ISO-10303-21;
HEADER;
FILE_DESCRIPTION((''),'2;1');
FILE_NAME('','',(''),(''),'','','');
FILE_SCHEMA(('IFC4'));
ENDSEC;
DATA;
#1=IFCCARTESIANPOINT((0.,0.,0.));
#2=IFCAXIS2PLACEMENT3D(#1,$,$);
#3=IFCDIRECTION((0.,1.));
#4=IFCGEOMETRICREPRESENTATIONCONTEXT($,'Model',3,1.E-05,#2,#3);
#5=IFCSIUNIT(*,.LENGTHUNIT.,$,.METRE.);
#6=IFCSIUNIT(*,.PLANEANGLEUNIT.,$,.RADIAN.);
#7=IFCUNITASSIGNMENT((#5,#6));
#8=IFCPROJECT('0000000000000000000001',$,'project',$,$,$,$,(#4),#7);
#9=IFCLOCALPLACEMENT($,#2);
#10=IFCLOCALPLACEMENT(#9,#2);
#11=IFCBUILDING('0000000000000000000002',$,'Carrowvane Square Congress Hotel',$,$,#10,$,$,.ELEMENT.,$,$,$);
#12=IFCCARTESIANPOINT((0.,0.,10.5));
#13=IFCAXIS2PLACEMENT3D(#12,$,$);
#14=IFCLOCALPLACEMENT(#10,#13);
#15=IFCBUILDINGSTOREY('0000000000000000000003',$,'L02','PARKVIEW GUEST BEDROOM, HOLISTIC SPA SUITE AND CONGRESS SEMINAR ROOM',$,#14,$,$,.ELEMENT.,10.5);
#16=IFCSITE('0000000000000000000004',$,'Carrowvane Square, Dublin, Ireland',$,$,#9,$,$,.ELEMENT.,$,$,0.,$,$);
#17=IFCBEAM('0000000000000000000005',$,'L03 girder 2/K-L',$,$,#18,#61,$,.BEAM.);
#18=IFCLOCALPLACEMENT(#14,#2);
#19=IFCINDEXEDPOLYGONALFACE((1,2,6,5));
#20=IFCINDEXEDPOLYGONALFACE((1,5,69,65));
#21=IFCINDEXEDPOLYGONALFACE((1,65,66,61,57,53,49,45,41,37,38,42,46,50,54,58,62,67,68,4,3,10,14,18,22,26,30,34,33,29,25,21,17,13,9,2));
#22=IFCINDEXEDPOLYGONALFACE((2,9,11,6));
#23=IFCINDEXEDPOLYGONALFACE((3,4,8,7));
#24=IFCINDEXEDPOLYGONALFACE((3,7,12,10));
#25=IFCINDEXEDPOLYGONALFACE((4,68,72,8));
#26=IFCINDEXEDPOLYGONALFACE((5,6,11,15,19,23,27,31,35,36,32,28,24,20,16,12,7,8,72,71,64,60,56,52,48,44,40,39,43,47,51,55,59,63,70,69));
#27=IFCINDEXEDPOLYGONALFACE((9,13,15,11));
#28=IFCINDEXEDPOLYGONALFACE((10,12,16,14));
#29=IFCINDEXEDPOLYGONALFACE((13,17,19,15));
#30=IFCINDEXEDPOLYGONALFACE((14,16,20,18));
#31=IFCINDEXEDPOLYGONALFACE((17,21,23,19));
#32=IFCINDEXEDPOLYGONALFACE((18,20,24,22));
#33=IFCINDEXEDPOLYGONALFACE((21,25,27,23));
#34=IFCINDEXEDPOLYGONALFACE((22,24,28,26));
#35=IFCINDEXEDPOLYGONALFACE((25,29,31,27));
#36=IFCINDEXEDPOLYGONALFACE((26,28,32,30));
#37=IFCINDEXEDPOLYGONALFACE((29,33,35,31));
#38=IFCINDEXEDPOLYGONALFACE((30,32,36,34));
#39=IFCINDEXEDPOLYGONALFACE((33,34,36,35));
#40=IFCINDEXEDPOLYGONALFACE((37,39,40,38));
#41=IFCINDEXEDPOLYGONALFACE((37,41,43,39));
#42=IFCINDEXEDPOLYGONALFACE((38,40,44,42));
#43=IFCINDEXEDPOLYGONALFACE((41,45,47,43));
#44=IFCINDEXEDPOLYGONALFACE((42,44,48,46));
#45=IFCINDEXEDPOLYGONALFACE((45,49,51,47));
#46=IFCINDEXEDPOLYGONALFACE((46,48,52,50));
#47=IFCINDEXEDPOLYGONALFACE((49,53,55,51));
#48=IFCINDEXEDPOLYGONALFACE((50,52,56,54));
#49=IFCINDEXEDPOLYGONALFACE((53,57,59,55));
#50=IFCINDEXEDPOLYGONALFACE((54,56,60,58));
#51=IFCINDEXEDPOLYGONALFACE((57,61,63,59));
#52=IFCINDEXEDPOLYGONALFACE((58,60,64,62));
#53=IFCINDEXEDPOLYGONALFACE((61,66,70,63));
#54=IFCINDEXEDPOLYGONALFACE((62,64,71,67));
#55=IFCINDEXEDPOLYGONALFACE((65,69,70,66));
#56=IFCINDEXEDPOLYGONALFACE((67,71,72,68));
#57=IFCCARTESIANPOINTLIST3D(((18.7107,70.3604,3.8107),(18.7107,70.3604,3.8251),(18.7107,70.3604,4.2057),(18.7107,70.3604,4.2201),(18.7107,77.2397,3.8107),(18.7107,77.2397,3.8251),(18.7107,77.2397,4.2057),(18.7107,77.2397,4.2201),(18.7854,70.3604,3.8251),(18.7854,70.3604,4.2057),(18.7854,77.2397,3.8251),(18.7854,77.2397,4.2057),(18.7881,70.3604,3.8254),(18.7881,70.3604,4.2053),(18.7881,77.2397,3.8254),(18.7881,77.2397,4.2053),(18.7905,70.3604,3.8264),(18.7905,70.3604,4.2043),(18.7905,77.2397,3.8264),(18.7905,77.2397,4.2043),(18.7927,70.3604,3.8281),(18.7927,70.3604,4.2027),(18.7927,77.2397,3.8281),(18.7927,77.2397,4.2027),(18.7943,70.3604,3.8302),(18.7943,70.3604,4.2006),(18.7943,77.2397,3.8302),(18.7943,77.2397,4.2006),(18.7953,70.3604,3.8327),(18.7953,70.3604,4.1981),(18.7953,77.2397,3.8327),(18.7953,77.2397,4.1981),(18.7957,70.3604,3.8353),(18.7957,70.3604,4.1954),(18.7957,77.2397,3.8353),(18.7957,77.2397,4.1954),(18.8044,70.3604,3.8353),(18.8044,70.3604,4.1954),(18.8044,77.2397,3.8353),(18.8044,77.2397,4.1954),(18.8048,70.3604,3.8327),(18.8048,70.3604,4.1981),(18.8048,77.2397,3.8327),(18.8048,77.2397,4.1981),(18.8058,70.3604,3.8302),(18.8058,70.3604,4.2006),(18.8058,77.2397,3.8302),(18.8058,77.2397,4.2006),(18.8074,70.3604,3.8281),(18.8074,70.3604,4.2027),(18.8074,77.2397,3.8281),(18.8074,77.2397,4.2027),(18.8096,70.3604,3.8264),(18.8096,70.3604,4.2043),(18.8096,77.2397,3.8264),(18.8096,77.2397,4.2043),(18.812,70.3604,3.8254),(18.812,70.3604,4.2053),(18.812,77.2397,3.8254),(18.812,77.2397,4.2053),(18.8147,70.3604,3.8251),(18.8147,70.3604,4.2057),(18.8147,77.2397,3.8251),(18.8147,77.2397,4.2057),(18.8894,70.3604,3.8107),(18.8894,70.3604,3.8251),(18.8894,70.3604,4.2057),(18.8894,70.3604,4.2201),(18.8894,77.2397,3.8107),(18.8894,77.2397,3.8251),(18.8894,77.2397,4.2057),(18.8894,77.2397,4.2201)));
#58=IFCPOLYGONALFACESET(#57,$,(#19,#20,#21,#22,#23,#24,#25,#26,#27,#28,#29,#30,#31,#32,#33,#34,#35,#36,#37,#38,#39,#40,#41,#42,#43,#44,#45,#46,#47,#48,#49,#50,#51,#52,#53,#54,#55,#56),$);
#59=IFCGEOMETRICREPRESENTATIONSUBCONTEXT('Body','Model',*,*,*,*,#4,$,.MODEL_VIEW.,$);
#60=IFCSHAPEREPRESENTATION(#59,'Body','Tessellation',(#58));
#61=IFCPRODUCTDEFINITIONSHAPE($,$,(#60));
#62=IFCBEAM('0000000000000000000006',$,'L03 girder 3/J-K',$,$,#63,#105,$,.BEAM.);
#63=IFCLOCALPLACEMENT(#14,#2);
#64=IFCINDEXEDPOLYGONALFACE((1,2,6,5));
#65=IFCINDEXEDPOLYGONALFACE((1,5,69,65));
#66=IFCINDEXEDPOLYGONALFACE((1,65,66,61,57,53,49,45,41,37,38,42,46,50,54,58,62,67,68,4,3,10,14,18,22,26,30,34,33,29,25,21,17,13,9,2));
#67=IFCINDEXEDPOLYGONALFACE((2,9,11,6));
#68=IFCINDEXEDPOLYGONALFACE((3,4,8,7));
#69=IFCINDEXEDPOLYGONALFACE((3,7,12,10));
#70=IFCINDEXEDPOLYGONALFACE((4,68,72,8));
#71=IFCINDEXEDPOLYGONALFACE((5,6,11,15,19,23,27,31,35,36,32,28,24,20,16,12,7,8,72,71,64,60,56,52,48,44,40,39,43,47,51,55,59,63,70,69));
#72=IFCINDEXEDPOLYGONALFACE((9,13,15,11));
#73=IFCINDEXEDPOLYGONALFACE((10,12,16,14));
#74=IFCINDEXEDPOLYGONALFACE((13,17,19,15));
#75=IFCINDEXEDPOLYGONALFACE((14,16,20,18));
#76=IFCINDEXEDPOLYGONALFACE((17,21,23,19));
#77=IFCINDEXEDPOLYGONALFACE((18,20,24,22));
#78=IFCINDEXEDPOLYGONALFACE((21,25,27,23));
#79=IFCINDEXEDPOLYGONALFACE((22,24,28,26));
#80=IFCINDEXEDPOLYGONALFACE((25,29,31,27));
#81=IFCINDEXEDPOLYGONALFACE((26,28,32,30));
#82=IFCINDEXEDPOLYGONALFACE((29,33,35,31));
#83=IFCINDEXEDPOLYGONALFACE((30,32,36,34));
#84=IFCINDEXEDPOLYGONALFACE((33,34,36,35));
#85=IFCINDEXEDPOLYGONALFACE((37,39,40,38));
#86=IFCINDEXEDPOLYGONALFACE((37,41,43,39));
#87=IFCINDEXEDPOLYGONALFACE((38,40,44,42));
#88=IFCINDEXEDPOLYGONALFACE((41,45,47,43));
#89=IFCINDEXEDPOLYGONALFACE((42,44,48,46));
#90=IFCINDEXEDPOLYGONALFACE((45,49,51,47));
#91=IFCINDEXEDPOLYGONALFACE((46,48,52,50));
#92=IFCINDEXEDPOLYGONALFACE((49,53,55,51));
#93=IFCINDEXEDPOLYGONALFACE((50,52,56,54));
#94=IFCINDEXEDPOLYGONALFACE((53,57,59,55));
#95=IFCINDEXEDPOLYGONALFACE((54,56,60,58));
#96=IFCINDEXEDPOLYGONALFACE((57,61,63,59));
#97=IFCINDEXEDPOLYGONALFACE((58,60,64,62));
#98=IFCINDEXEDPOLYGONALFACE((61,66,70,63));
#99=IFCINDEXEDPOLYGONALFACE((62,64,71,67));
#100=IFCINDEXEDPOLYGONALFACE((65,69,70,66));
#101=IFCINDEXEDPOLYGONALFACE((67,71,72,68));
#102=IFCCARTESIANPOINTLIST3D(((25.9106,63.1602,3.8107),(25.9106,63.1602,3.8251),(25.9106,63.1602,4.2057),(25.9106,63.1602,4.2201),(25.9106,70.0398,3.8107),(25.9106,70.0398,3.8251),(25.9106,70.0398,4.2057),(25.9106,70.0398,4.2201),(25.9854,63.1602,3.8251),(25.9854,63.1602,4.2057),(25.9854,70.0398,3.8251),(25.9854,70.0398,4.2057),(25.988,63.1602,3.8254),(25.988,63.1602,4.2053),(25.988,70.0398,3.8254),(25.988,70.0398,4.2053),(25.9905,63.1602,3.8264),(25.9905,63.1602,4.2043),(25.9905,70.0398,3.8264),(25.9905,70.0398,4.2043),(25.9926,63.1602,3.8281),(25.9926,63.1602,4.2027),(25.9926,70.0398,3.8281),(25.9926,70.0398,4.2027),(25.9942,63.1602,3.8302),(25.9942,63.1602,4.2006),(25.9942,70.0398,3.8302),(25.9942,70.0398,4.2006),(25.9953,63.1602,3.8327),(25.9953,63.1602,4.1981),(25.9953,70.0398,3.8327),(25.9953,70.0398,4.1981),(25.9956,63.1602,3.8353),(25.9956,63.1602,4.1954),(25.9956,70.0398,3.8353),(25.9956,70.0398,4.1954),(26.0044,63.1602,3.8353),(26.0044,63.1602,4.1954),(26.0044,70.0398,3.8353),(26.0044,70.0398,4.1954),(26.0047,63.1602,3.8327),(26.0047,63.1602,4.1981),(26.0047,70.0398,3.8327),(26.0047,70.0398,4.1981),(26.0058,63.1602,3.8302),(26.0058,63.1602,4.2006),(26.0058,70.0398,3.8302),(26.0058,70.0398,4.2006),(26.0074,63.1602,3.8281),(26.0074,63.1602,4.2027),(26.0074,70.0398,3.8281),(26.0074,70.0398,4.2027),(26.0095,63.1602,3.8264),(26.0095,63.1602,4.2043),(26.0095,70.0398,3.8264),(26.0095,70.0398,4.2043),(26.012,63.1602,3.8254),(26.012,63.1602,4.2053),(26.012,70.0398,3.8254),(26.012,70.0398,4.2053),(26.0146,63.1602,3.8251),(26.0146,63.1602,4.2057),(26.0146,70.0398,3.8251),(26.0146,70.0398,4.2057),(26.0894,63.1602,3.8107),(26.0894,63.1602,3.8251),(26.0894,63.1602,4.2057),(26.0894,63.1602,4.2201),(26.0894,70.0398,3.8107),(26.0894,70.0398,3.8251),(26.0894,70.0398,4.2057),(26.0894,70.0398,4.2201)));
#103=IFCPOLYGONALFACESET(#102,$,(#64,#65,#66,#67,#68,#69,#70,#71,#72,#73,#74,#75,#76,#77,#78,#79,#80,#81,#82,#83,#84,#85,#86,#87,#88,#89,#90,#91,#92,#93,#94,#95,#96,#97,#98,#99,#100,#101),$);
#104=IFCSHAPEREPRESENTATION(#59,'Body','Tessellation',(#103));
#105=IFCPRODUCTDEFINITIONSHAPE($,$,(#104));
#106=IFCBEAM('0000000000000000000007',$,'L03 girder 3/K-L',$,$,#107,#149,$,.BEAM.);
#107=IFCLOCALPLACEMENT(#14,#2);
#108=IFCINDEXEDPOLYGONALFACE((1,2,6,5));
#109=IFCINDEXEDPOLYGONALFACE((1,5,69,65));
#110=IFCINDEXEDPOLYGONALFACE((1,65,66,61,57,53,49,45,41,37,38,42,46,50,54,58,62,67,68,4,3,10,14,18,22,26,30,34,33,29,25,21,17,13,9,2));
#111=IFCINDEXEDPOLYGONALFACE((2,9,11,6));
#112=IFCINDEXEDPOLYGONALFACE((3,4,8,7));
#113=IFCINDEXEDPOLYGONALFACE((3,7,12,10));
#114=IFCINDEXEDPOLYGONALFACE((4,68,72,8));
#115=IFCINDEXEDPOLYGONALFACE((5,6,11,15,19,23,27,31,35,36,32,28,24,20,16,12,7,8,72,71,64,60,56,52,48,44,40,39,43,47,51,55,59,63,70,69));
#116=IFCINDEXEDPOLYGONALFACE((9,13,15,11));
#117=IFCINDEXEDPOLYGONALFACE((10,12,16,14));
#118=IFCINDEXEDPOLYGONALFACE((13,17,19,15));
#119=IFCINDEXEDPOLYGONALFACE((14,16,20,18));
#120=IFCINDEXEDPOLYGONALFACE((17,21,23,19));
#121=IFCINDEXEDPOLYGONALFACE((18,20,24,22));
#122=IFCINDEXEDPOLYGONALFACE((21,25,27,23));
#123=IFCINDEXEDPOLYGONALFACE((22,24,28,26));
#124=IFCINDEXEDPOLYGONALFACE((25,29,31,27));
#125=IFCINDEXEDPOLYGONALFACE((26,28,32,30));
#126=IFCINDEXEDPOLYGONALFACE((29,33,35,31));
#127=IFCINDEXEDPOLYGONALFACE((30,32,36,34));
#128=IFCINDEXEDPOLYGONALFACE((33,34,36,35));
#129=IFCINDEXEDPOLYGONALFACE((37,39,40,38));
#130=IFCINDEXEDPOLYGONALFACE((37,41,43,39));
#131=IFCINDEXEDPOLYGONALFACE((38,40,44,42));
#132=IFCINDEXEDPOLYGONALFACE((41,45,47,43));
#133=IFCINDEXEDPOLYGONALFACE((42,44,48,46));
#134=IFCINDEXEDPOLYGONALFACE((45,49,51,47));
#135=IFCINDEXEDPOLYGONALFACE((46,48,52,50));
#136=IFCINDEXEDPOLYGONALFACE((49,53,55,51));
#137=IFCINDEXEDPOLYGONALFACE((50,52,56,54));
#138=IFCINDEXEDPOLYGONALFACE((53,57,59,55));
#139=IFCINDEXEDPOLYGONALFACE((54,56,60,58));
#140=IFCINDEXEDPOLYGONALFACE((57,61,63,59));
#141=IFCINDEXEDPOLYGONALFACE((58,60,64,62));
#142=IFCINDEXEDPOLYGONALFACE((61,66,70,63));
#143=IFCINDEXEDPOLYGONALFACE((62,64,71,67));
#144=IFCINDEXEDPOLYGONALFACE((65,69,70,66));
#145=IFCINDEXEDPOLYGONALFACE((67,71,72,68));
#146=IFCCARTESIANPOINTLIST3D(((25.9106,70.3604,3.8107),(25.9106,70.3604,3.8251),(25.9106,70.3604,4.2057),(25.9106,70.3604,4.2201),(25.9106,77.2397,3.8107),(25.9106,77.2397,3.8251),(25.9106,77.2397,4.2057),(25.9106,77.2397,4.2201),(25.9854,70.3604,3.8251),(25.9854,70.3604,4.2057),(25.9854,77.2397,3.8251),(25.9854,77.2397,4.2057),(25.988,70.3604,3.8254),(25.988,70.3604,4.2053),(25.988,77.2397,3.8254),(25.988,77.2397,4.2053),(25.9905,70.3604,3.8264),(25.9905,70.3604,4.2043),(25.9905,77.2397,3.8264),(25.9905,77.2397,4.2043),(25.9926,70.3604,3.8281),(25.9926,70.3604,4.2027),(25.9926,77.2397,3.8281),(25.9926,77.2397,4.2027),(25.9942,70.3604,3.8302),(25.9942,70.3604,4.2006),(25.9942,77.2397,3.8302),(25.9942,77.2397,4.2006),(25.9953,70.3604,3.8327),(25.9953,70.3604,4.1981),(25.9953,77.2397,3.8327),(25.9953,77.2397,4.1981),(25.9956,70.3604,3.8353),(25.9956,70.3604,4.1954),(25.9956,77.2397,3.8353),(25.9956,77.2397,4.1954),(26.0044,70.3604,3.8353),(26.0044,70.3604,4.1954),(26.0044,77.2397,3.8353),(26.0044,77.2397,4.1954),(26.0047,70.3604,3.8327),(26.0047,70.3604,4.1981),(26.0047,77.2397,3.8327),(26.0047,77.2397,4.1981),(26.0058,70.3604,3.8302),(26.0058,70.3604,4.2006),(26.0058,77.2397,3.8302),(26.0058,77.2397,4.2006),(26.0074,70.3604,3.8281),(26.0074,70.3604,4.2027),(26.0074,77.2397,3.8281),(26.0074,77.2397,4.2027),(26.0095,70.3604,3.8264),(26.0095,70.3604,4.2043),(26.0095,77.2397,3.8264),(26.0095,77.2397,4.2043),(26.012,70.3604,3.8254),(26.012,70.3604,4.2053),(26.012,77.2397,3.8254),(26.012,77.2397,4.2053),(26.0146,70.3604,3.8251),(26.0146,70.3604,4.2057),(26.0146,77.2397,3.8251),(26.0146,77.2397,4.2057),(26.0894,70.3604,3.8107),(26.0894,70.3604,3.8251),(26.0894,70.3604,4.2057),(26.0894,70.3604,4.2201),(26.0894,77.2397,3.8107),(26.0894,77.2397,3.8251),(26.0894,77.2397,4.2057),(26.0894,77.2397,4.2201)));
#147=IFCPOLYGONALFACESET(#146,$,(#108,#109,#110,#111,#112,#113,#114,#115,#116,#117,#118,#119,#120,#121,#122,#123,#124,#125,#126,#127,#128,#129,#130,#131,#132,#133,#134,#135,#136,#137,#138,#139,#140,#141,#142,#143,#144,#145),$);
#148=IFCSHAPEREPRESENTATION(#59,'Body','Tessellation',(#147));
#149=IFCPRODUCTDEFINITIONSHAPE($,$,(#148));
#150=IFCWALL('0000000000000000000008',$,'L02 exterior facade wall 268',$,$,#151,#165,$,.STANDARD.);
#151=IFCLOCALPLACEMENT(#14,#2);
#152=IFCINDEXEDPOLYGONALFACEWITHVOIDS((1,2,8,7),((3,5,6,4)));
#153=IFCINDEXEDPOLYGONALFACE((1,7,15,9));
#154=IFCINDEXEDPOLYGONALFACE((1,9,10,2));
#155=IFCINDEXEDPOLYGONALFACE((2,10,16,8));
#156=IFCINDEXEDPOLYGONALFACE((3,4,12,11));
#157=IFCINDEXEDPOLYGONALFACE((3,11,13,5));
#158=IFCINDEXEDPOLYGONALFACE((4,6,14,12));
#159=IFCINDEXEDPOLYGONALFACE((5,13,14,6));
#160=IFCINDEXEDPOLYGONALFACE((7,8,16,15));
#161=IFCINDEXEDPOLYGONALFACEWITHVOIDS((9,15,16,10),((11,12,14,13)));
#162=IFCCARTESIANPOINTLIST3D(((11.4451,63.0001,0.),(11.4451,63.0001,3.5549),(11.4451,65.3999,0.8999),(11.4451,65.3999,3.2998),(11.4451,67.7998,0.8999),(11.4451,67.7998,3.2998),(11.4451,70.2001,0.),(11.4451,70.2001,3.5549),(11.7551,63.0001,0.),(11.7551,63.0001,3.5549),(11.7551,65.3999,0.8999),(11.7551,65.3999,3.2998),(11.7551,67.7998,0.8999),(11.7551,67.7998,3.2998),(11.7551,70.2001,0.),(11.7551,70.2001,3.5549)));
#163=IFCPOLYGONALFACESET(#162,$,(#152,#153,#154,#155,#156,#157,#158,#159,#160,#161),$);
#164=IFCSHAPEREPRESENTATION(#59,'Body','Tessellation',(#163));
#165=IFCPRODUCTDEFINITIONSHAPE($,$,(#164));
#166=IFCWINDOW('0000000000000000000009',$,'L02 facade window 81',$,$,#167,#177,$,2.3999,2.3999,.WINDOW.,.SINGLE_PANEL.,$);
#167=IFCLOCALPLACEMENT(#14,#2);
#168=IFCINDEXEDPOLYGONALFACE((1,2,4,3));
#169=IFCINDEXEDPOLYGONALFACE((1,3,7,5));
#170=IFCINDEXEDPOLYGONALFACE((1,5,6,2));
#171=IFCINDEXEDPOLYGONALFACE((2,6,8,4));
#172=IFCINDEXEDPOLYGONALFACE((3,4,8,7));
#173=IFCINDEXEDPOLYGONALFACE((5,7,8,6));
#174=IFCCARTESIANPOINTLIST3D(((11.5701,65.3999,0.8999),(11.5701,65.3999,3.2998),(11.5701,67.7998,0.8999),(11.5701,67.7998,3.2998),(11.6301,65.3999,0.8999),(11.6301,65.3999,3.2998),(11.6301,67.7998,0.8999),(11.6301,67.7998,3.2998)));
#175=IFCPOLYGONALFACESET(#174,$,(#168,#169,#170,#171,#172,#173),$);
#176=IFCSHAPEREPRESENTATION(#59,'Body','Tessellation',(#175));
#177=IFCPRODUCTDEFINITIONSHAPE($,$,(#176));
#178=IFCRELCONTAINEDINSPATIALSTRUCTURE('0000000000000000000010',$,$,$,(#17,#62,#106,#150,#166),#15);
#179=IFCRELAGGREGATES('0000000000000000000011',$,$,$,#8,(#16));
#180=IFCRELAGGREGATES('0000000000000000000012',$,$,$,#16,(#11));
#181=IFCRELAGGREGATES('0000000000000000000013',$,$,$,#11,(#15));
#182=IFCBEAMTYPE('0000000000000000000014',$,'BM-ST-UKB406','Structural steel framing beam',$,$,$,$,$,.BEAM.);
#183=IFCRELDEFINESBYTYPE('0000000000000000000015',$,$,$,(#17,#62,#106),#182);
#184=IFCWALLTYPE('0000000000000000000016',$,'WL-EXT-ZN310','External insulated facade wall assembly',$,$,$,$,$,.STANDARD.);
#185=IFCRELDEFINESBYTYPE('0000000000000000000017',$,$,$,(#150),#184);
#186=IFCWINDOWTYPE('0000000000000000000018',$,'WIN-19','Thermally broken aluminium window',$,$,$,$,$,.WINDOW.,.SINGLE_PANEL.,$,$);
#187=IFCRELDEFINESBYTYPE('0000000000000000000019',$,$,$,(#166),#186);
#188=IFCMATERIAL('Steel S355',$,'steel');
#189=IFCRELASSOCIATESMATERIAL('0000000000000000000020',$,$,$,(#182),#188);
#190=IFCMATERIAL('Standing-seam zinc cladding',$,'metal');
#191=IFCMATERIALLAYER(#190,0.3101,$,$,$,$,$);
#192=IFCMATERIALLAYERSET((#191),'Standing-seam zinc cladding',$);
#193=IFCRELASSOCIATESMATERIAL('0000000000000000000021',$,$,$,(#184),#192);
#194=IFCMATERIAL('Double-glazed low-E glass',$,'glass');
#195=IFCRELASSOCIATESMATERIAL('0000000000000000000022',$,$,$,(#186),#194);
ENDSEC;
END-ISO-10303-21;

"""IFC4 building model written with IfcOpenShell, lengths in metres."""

from ifc_helpers import new_model, si_unit, direction, frame, frame_2d, origin, origin_2d, place, context, subcontext, project, spatial, rectangle, i_section, extrude, material, layer, layer_set, material_profile, profile_set, type_object, element, fill, save


model = new_model("IFC4")

# Units and contexts
model_context = context("Model", 3, precision=1e-05, world=origin(), true_north=direction((0.0, 1.0)))
body_context = subcontext(model_context, "Body", "Model", "MODEL_VIEW")
ifc_project = project(units=[si_unit("LENGTHUNIT", "METRE"), si_unit("PLANEANGLEUNIT", "RADIAN")], contexts=[model_context])

# Site, building, storey
site_placement = place(None, origin())
site = spatial("IfcSite", under=ifc_project, at=site_placement, Name="Carrowvane Square, Dublin, Ireland", CompositionType="ELEMENT", RefElevation=0.0)
building_placement = place(site_placement, origin())
building = spatial("IfcBuilding", under=site, at=building_placement, Name="Carrowvane Square Congress Hotel", CompositionType="ELEMENT")
storey_placement = place(building_placement, frame((0.0, 0.0, 10.5)))
storey = spatial("IfcBuildingStorey", under=building, at=storey_placement, Name="L02", Description="PARKVIEW GUEST BEDROOM, HOLISTIC SPA SUITE AND CONGRESS SEMINAR ROOM", CompositionType="ELEMENT", Elevation=10.5)

# Beams
ifc_material_1 = material(Name="Steel S355", Category="steel")
ifc_material_profile_1 = material_profile(ifc_material_1, i_section(OverallWidth=0.1787, OverallDepth=0.4094, WebThickness=0.0088, FlangeThickness=0.0144, FilletRadius=0.0103, at=origin_2d()), Name="UKB 406x178x67")
ifc_profile_set_1 = profile_set([ifc_material_profile_1], Name="Steel S355")
beam_type_1 = type_object("IfcBeamType", Name="BM-ST-UKB406", Description="Structural steel framing beam", PredefinedType="BEAM", material=ifc_profile_set_1)
beam_1_placement = place(storey_placement, frame((18.8, 70.3604, 4.0154), z_axis=(0.0, 1.0, 0.0), x_axis=(-1.0, 0.0, 0.0)))
element("IfcBeam", 1, at=beam_1_placement, inside=storey, type_object=beam_type_1, Name="L03 girder 2/K-L", PredefinedType="BEAM", context=body_context, shape_type="SweptSolid", body=[
    extrude(i_section(OverallWidth=0.1787, OverallDepth=0.4094, WebThickness=0.0088, FlangeThickness=0.0144, FilletRadius=0.0103, at=origin_2d()), origin(), (0.0, 0.0, 1.0), 6.8794),
])
beam_2_placement = place(storey_placement, frame((26.0, 63.1602, 4.0154), z_axis=(0.0, 1.0, 0.0), x_axis=(-1.0, 0.0, 0.0)))
element("IfcBeam", 2, at=beam_2_placement, inside=storey, type_object=beam_type_1, Name="L03 girder 3/J-K", PredefinedType="BEAM", context=body_context, shape_type="SweptSolid", body=[
    extrude(i_section(OverallWidth=0.1787, OverallDepth=0.4094, WebThickness=0.0088, FlangeThickness=0.0144, FilletRadius=0.0103, at=origin_2d()), origin(), (0.0, 0.0, 1.0), 6.8796),
])
beam_3_placement = place(storey_placement, frame((26.0, 70.3604, 4.0154), z_axis=(0.0, 1.0, 0.0), x_axis=(-1.0, 0.0, 0.0)))
element("IfcBeam", 3, at=beam_3_placement, inside=storey, type_object=beam_type_1, Name="L03 girder 3/K-L", PredefinedType="BEAM", context=body_context, shape_type="SweptSolid", body=[
    extrude(i_section(OverallWidth=0.1787, OverallDepth=0.4094, WebThickness=0.0088, FlangeThickness=0.0144, FilletRadius=0.0103, at=origin_2d()), origin(), (0.0, 0.0, 1.0), 6.8794),
])

# Wall, opening, window
ifc_material_2 = material(Name="Standing-seam zinc cladding", Category="metal")
ifc_layer_1 = layer(ifc_material_2, 0.3101)
ifc_layer_set_1 = layer_set([ifc_layer_1], Name="Standing-seam zinc cladding")
wall_type_1 = type_object("IfcWallType", Name="WL-EXT-ZN310", Description="External insulated facade wall assembly", PredefinedType="STANDARD", material=ifc_layer_set_1)
wall_1_placement = place(storey_placement, frame((11.6001, 63.0, 0.0), z_axis=(0.0, 0.0, 1.0), x_axis=(0.0, 1.0, 0.0)))
wall_1 = element("IfcWall", 4, at=wall_1_placement, inside=storey, type_object=wall_type_1, Name="L02 exterior facade wall 268", PredefinedType="STANDARD", context=body_context, shape_type="SweptSolid", body=[
    extrude(rectangle(XDim=7.2, YDim=0.3101, at=frame_2d((3.6001, 0.0))), origin(), (0.0, 0.0, 1.0), 3.5549),
])
opening_1_placement = place(wall_1_placement, frame((2.3999, 0.0, 0.8999)))
opening_1 = element("IfcOpeningElement", 5, at=opening_1_placement, cuts=wall_1, PredefinedType="OPENING", context=body_context, shape_type="SweptSolid", body=[
    extrude(rectangle(XDim=2.3999, YDim=2.3999, at=frame_2d((1.2, 1.2))), frame((0.0, 0.165, 0.0), z_axis=(0.0, -1.0, 0.0), x_axis=(1.0, 0.0, 0.0)), (0.0, 0.0, 1.0), 0.3301),
])
ifc_material_3 = material(Name="Double-glazed low-E glass", Category="glass")
window_type_1 = type_object("IfcWindowType", Name="WIN-19", Description="Thermally broken aluminium window", PartitioningType="SINGLE_PANEL", PredefinedType="WINDOW", material=ifc_material_3)
window_1_placement = place(opening_1_placement, origin())
window_1 = element("IfcWindow", 6, at=window_1_placement, inside=storey, type_object=window_type_1, Name="L02 facade window 81", OverallHeight=2.3999, OverallWidth=2.3999, PartitioningType="SINGLE_PANEL", PredefinedType="WINDOW", context=body_context, shape_type="SweptSolid", body=[
    extrude(rectangle(XDim=2.3999, YDim=2.3999, at=frame_2d((1.2, 1.2))), frame((0.0, 0.03, 0.0), z_axis=(0.0, -1.0, 0.0), x_axis=(1.0, 0.0, 0.0)), (0.0, 0.0, 1.0), 0.0601),
])
fill(opening_1, window_1)

save(model, "model.ifc")
